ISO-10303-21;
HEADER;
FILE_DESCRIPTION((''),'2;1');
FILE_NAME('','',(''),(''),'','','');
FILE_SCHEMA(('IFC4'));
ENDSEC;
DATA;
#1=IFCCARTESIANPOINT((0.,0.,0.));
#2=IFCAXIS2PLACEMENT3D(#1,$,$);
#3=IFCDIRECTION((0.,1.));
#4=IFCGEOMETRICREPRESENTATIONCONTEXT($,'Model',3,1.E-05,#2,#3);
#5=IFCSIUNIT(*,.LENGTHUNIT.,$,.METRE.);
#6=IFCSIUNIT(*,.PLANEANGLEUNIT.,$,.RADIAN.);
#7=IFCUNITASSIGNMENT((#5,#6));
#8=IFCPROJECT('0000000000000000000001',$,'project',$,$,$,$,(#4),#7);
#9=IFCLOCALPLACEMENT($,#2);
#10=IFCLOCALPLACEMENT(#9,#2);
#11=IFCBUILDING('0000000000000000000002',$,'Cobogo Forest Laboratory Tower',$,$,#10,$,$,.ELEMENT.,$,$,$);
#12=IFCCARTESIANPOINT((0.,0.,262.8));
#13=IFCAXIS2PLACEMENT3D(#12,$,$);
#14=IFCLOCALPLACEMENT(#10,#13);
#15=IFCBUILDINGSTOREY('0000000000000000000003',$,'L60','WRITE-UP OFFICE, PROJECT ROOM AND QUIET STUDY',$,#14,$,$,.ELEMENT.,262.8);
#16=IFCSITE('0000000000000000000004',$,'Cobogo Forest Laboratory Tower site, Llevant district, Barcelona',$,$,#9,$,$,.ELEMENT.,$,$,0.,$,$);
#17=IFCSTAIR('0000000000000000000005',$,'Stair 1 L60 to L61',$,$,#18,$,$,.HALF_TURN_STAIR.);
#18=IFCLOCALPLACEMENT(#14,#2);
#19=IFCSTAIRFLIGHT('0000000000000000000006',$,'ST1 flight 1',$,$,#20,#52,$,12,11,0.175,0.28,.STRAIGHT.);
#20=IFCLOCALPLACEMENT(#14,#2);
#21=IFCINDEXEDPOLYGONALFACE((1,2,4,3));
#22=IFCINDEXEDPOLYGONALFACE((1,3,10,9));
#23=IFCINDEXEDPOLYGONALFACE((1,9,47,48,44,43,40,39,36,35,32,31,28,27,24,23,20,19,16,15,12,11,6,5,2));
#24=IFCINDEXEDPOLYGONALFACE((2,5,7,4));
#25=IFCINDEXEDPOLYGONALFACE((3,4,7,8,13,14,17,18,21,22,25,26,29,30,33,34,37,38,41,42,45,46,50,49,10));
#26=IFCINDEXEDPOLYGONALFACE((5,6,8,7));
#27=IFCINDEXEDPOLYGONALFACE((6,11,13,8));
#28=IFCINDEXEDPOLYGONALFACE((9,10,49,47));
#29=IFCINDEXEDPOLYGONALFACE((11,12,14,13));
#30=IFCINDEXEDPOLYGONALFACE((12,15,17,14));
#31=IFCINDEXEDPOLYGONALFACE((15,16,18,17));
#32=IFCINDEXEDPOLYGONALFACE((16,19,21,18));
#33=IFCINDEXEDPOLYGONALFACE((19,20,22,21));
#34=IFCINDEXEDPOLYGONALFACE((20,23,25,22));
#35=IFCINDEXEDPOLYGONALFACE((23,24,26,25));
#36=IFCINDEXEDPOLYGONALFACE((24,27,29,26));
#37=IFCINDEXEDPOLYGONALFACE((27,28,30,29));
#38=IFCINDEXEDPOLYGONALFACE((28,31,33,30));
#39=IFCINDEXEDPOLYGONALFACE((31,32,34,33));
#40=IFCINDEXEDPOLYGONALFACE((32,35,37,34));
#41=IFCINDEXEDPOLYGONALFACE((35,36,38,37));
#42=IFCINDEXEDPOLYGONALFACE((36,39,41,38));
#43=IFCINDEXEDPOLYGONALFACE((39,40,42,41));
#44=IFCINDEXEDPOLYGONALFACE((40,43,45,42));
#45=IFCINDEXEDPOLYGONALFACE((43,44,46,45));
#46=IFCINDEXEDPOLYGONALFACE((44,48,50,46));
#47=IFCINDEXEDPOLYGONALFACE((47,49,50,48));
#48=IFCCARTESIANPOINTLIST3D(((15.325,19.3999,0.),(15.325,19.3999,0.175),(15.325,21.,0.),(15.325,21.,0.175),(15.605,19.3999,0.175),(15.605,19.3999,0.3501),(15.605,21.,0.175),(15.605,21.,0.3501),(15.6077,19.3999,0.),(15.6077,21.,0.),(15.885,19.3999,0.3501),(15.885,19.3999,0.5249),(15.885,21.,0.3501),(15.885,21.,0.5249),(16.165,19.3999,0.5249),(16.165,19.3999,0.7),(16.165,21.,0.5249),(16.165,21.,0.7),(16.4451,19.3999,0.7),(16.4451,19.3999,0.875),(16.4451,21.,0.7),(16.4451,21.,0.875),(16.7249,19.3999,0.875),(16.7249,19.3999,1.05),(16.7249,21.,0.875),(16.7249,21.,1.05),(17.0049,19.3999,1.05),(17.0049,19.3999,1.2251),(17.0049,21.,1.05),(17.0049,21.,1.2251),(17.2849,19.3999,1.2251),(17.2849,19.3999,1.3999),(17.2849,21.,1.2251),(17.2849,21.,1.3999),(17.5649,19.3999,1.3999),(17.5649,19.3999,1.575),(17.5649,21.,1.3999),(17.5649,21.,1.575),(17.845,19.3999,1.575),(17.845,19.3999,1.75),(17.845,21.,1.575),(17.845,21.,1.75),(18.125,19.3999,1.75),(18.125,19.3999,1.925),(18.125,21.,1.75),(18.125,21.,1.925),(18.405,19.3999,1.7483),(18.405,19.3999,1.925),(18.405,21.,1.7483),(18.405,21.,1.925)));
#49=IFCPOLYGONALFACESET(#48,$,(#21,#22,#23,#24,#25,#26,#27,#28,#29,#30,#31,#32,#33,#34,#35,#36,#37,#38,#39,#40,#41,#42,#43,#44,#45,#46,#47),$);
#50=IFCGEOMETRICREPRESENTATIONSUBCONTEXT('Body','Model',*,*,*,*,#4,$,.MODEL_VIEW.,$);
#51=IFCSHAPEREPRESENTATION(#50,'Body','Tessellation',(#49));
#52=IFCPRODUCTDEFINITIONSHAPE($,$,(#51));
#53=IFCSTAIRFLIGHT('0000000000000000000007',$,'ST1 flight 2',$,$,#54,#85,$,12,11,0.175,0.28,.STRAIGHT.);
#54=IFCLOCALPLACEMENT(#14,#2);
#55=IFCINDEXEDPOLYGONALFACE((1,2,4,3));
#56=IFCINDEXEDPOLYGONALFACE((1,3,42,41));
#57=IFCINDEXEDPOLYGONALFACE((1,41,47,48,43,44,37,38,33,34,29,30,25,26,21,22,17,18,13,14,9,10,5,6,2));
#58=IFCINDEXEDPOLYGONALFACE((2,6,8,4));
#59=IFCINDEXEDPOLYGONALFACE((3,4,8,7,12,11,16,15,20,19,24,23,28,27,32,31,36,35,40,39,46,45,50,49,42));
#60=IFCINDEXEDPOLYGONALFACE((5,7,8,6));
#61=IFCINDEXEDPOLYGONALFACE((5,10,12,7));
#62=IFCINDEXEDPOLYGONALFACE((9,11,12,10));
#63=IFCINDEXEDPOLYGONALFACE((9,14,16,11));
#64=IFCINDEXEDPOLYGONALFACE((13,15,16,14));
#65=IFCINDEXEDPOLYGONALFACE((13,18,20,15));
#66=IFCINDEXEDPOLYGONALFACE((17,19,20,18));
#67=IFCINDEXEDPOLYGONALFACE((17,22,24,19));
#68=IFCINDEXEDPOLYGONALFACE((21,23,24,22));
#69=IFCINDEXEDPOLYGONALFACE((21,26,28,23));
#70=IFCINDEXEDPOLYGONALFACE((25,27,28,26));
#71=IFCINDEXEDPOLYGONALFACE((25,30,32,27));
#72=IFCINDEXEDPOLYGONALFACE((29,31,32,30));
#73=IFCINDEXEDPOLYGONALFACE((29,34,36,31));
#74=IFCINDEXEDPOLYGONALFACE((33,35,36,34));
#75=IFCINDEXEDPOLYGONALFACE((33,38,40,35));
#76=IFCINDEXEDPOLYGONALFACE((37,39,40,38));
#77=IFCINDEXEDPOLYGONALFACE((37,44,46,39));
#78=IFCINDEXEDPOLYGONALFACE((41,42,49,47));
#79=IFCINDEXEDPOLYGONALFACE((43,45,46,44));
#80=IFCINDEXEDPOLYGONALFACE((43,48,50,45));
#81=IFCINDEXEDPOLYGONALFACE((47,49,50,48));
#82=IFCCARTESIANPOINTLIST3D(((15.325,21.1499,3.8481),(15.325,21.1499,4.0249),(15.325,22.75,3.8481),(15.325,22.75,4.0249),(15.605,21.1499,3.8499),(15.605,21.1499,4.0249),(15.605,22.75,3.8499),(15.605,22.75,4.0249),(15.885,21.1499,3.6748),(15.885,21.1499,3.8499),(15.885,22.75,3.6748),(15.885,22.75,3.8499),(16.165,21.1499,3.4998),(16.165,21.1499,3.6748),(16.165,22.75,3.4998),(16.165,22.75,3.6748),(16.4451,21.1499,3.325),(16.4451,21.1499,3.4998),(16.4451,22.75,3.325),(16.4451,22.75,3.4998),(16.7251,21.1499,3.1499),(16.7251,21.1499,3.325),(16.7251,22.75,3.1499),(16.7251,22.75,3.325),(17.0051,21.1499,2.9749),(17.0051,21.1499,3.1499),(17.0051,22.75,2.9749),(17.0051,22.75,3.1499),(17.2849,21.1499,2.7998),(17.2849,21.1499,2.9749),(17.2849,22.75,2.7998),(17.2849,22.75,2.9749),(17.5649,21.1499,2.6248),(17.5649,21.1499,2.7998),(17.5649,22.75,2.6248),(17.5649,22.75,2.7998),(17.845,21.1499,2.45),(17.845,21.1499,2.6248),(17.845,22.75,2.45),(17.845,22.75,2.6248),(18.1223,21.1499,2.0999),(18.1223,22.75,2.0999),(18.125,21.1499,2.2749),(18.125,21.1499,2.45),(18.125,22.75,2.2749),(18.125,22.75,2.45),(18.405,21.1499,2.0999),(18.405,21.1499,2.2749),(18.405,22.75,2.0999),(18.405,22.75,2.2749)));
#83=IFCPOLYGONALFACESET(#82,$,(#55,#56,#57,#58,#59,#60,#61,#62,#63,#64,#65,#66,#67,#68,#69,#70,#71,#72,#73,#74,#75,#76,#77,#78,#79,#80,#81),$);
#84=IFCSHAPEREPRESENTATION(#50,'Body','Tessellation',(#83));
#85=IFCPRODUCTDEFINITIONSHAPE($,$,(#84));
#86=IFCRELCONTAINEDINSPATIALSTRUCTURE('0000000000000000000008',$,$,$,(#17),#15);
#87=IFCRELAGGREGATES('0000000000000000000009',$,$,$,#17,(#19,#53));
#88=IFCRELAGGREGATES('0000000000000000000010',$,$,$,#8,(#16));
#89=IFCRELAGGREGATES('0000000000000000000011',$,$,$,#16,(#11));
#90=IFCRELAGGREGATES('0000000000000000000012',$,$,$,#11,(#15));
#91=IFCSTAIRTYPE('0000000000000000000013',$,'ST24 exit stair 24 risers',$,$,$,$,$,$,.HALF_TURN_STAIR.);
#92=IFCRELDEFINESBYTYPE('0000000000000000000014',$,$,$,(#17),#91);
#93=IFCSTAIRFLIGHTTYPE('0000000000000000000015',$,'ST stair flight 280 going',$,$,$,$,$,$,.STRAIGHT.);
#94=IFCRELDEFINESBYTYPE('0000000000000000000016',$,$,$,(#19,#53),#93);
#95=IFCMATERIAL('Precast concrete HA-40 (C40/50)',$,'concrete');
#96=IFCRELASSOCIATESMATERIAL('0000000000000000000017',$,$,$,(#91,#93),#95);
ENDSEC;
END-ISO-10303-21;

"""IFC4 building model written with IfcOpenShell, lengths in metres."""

from ifc_helpers import new_model, si_unit, direction, frame, origin, place, context, subcontext, project, spatial, polyline, outline, extrude, material, type_object, element, aggregate, save


model = new_model("IFC4")

# Units and contexts
model_context = context("Model", 3, precision=1e-05, world=origin(), true_north=direction((0.0, 1.0)))
body_context = subcontext(model_context, "Body", "Model", "MODEL_VIEW")
ifc_project = project(units=[si_unit("LENGTHUNIT", "METRE"), si_unit("PLANEANGLEUNIT", "RADIAN")], contexts=[model_context])

# Site, building, storey
site_placement = place(None, origin())
site = spatial("IfcSite", under=ifc_project, at=site_placement, Name="Cobogo Forest Laboratory Tower site, Llevant district, Barcelona", CompositionType="ELEMENT", RefElevation=0.0)
building_placement = place(site_placement, origin())
building = spatial("IfcBuilding", under=site, at=building_placement, Name="Cobogo Forest Laboratory Tower", CompositionType="ELEMENT")
storey_placement = place(building_placement, frame((0.0, 0.0, 262.8)))
storey = spatial("IfcBuildingStorey", under=building, at=storey_placement, Name="L60", Description="WRITE-UP OFFICE, PROJECT ROOM AND QUIET STUDY", CompositionType="ELEMENT", Elevation=262.8)

# Stair, stair flights
ifc_material_1 = material(Name="Precast concrete HA-40 (C40/50)", Category="concrete")
stair_type = type_object("IfcStairType", Name="ST24 exit stair 24 risers", PredefinedType="HALF_TURN_STAIR", material=ifc_material_1)
stair_placement = place(storey_placement, origin())
stair = element("IfcStair", 1, at=stair_placement, inside=storey, type_object=stair_type, Name="Stair 1 L60 to L61", PredefinedType="HALF_TURN_STAIR")
stair_flight_type = type_object("IfcStairFlightType", Name="ST stair flight 280 going", PredefinedType="STRAIGHT", material=ifc_material_1)
stair_flight_1_placement = place(storey_placement, frame((15.325, 20.2, 0.0), z_axis=(0.0, 0.0, 1.0), x_axis=(1.0, 0.0, 0.0)))
stair_flight_1 = element("IfcStairFlight", 2, at=stair_flight_1_placement, type_object=stair_flight_type, Name="ST1 flight 1", NumberOfRisers=12, NumberOfTreads=11, PredefinedType="STRAIGHT", RiserHeight=0.175, TreadLength=0.28, context=body_context, shape_type="SweptSolid", body=[
    extrude(outline(polyline([(0.0, 0.0), (0.0, 0.175), (0.28, 0.175), (0.28, 0.3501), (0.5601, 0.3501), (0.5601, 0.5249), (0.8401, 0.5249), (0.8401, 0.7), (1.1201, 0.7), (1.1201, 0.875), (1.3999, 0.875), (1.3999, 1.05), (1.6799, 1.05), (1.6799, 1.2251), (1.96, 1.2251), (1.96, 1.3999), (2.24, 1.3999), (2.24, 1.575), (2.52, 1.575), (2.52, 1.75), (2.8, 1.75), (2.8, 1.925), (3.0801, 1.925), (3.0801, 2.1001), (3.0801, 1.7483), (0.2827, 0.0), (0.0, 0.0)])), frame((0.0, 0.8, 0.0), z_axis=(0.0, -1.0, 0.0), x_axis=(1.0, 0.0, 0.0)), (0.0, 0.0, 1.0), 1.6001),
])
stair_flight_2_placement = place(storey_placement, frame((18.405, 21.95, 2.0999), z_axis=(0.0, 0.0, 1.0), x_axis=(-1.0, 0.0, 0.0)))
stair_flight_2 = element("IfcStairFlight", 3, at=stair_flight_2_placement, type_object=stair_flight_type, Name="ST1 flight 2", NumberOfRisers=12, NumberOfTreads=11, PredefinedType="STRAIGHT", RiserHeight=0.175, TreadLength=0.28, context=body_context, shape_type="SweptSolid", body=[
    extrude(outline(polyline([(0.0, 0.0), (0.0, 0.175), (0.28, 0.175), (0.28, 0.3501), (0.5601, 0.3501), (0.5601, 0.5249), (0.8401, 0.5249), (0.8401, 0.7), (1.1201, 0.7), (1.1201, 0.875), (1.3999, 0.875), (1.3999, 1.05), (1.6799, 1.05), (1.6799, 1.2251), (1.96, 1.2251), (1.96, 1.3999), (2.24, 1.3999), (2.24, 1.575), (2.52, 1.575), (2.52, 1.75), (2.8, 1.75), (2.8, 1.925), (3.0801, 1.925), (3.0801, 2.1001), (3.0801, 1.7483), (0.2827, 0.0), (0.0, 0.0)])), frame((0.0, 0.8, 0.0), z_axis=(0.0, -1.0, 0.0), x_axis=(1.0, 0.0, 0.0)), (0.0, 0.0, 1.0), 1.6001),
])
aggregate(stair, [stair_flight_1, stair_flight_2])

save(model, "model.ifc")
